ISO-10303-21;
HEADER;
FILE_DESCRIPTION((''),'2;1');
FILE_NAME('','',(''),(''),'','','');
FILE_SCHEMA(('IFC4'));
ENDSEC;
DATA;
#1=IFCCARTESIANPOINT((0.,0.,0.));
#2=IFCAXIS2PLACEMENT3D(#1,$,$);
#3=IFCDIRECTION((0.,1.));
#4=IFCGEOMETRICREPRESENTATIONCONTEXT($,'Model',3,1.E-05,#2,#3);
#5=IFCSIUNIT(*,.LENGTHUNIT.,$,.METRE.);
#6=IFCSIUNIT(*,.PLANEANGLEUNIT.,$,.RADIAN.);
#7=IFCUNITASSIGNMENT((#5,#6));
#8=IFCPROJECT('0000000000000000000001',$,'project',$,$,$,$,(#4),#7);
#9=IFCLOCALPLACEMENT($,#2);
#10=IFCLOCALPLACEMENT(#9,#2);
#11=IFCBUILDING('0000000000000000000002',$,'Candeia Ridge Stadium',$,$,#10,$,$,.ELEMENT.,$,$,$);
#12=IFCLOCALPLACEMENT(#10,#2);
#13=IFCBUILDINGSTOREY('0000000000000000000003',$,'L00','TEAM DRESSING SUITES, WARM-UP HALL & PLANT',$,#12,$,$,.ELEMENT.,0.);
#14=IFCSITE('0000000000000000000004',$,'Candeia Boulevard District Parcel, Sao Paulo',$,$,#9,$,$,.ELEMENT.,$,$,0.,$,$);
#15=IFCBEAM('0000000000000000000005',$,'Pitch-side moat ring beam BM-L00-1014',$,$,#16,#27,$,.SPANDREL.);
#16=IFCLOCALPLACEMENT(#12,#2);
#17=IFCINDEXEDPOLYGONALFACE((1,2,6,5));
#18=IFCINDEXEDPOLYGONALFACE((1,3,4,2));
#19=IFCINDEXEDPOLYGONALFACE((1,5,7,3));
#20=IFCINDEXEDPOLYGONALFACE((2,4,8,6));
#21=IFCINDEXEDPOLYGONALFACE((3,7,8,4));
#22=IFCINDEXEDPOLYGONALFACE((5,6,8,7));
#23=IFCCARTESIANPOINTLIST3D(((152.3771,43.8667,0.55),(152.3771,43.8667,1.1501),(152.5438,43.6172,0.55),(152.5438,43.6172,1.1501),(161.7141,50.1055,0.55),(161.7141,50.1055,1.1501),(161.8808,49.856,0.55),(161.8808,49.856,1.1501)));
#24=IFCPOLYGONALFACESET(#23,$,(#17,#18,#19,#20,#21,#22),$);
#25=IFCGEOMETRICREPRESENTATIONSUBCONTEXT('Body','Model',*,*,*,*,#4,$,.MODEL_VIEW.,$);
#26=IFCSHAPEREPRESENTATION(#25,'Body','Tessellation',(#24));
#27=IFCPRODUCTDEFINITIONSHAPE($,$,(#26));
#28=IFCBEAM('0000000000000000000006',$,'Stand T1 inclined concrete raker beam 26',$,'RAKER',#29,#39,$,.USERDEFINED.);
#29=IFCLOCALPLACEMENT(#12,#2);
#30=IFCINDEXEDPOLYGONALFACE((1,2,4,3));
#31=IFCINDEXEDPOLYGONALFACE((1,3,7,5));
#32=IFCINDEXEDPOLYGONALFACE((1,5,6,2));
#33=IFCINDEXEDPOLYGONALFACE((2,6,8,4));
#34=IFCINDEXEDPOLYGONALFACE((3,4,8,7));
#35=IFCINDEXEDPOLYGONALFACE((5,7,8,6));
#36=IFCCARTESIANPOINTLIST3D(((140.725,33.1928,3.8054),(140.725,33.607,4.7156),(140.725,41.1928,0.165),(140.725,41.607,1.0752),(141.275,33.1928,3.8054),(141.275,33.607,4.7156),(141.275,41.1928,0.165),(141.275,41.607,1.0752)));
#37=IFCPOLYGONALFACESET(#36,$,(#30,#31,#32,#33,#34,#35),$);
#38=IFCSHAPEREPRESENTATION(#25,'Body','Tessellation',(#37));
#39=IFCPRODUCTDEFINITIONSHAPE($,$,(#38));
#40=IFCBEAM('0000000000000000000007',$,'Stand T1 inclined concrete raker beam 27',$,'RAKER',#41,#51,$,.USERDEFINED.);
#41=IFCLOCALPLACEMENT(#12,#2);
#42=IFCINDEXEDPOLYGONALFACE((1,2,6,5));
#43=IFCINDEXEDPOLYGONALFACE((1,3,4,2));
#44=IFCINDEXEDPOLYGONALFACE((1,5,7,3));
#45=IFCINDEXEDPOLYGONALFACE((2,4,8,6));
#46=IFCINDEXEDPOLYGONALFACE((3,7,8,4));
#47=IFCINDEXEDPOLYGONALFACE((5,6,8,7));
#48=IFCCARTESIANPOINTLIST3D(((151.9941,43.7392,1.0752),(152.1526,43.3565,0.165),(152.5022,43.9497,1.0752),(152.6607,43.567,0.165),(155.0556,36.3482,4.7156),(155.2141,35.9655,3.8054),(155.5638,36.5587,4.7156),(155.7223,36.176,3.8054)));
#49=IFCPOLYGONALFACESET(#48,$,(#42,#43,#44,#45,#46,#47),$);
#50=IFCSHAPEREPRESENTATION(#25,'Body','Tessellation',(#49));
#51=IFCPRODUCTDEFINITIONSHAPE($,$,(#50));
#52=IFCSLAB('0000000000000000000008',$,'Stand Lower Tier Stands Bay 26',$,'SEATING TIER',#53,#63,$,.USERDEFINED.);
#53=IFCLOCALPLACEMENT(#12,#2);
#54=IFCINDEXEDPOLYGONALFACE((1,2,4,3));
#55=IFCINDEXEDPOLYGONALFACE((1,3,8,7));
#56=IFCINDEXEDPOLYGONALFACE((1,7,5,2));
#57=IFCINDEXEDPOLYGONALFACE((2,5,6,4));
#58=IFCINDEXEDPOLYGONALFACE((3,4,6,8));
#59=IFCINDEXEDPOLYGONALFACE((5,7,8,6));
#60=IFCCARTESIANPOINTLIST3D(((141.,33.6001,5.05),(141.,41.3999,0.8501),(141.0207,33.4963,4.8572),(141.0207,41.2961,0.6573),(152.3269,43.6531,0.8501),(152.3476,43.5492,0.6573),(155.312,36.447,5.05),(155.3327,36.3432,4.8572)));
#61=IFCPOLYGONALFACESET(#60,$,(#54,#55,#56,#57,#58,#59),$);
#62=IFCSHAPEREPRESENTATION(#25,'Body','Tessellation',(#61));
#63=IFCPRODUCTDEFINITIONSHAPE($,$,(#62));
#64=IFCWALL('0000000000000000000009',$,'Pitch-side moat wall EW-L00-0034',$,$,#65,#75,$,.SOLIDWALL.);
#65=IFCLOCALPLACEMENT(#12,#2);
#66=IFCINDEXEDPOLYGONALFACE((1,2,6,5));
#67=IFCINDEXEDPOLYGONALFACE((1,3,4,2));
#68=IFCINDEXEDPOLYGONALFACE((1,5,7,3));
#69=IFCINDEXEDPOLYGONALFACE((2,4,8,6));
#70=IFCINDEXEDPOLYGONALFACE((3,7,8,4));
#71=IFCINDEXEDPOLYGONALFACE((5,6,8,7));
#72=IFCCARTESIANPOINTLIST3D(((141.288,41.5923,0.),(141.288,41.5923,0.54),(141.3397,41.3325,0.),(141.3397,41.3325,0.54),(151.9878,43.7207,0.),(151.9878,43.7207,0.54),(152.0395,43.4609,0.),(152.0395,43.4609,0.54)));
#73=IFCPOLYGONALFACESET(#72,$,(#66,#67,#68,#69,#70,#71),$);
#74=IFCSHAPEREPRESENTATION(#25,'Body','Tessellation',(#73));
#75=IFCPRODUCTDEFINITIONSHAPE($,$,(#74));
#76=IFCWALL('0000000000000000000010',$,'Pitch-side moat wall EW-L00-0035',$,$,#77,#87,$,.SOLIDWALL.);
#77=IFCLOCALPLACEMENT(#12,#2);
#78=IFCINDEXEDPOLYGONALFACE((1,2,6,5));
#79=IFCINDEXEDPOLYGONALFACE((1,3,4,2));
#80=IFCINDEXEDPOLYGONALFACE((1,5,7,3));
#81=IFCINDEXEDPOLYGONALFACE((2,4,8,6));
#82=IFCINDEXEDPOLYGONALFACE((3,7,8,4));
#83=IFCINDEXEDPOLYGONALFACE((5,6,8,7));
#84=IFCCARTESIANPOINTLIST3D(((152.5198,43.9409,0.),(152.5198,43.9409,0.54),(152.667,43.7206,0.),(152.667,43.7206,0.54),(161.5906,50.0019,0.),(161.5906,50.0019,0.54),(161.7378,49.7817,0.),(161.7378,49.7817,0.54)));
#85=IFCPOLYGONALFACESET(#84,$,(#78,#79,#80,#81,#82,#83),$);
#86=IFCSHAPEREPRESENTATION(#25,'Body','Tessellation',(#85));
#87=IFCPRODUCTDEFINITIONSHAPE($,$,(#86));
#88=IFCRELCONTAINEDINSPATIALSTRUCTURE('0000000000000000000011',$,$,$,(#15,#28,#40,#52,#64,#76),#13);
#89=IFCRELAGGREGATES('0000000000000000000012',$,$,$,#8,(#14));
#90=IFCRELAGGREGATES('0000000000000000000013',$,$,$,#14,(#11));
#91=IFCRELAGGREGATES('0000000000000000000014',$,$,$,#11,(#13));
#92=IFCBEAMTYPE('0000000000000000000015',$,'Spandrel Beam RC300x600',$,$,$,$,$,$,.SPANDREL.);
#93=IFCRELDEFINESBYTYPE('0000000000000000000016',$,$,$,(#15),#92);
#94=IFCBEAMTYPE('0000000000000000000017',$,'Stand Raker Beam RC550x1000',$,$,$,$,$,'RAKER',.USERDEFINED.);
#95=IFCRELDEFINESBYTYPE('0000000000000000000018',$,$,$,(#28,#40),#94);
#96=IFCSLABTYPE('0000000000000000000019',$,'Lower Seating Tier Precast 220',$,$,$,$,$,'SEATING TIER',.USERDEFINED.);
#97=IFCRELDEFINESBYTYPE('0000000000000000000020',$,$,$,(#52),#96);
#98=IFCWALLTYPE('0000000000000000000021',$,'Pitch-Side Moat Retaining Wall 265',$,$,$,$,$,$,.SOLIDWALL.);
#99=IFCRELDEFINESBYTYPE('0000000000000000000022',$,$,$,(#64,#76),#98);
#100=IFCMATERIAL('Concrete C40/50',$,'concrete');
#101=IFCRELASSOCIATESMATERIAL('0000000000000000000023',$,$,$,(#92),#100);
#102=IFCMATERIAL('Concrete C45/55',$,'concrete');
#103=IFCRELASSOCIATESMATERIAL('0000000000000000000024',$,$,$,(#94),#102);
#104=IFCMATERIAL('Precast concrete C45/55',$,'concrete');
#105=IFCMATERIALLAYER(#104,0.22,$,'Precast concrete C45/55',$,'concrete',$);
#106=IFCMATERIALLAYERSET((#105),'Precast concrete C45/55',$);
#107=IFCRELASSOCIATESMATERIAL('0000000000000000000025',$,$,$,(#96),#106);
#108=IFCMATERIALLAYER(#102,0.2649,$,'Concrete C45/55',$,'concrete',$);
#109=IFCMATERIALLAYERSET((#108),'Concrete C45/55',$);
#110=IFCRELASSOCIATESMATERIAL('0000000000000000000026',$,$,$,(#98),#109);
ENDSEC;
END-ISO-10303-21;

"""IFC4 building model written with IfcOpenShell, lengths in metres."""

from ifc_helpers import new_model, si_unit, direction, frame, frame_2d, origin, origin_2d, place, context, subcontext, project, spatial, polyline, rectangle, outline, extrude, material, layer, layer_set, material_profile, profile_set, type_object, element, save


model = new_model("IFC4")

# Units and contexts
model_context = context("Model", 3, precision=1e-05, world=origin(), true_north=direction((0.0, 1.0)))
body_context = subcontext(model_context, "Body", "Model", "MODEL_VIEW")
ifc_project = project(units=[si_unit("LENGTHUNIT", "METRE"), si_unit("PLANEANGLEUNIT", "RADIAN")], contexts=[model_context])

# Site, building, storey
site_placement = place(None, origin())
site = spatial("IfcSite", under=ifc_project, at=site_placement, Name="Candeia Boulevard District Parcel, Sao Paulo", CompositionType="ELEMENT", RefElevation=0.0)
building_placement = place(site_placement, origin())
building = spatial("IfcBuilding", under=site, at=building_placement, Name="Candeia Ridge Stadium", CompositionType="ELEMENT")
storey_placement = place(building_placement, origin())
storey = spatial("IfcBuildingStorey", under=building, at=storey_placement, Name="L00", Description="TEAM DRESSING SUITES, WARM-UP HALL & PLANT", CompositionType="ELEMENT", Elevation=0.0)

# Shared definitions
ifc_material_1 = material(Name="Concrete C40/50", Category="concrete")

# Shared definitions
ifc_material_2 = material(Name="Concrete C45/55", Category="concrete")

# Beams
ifc_material_profile_1 = material_profile(ifc_material_1, rectangle(XDim=0.3, YDim=0.6001, at=origin_2d()), Name="RC300x600", Category="concrete")
ifc_profile_set_1 = profile_set([ifc_material_profile_1], Name="Concrete C40/50")
beam_type_1 = type_object("IfcBeamType", Name="Spandrel Beam RC300x600", PredefinedType="SPANDREL", material=ifc_profile_set_1)
beam_1_placement = place(storey_placement, frame((152.4604, 43.7419, 0.8501), z_axis=(0.831468, 0.555573, 0.0), x_axis=(-0.555573, 0.831468, 0.0)))
element("IfcBeam", 1, at=beam_1_placement, inside=storey, type_object=beam_type_1, Name="Pitch-side moat ring beam BM-L00-1014", PredefinedType="SPANDREL", context=body_context, shape_type="SweptSolid", body=[
    extrude(rectangle(XDim=0.3, YDim=0.6001, at=origin_2d()), origin(), (0.0, 0.0, 1.0), 11.2295),
])
ifc_material_profile_2 = material_profile(ifc_material_2, rectangle(XDim=0.55, YDim=1.0, at=origin_2d()), Name="RC550x1000", Category="concrete")
ifc_profile_set_2 = profile_set([ifc_material_profile_2], Name="Concrete C45/55")
beam_type_2 = type_object("IfcBeamType", Name="Stand Raker Beam RC550x1000", ElementType="RAKER", PredefinedType="USERDEFINED", material=ifc_profile_set_2)
for number, where, z_axis, x_axis, name in (
    (2, (141.0, 41.3999, 0.6201), (0.0, -0.910194, 0.414182), (1.0, 0.0, 0.0), "Stand T1 inclined concrete raker beam 26"),
    (3, (152.3274, 43.6531, 0.6201), (0.348327, -0.840902, 0.414187), (0.923874, 0.382697, 0.0), "Stand T1 inclined concrete raker beam 27"),
):
    element("IfcBeam", number, at=place(storey_placement, frame(where, z_axis=z_axis, x_axis=x_axis)), inside=storey, type_object=beam_type_2, Name=name, ObjectType="RAKER", PredefinedType="USERDEFINED", context=body_context, shape_type="SweptSolid", body=[
        extrude(rectangle(XDim=0.55, YDim=1.0, at=origin_2d()), origin(), (0.0, 0.0, 1.0), 8.7893),
    ])

# Slab
ifc_material_3 = material(Name="Precast concrete C45/55", Category="concrete")
ifc_layer_1 = layer(ifc_material_3, 0.22, Name="Precast concrete C45/55", Category="concrete")
ifc_layer_set_1 = layer_set([ifc_layer_1], Name="Precast concrete C45/55")
slab_type = type_object("IfcSlabType", Name="Lower Seating Tier Precast 220", ElementType="SEATING TIER", PredefinedType="USERDEFINED", material=ifc_layer_set_1)
slab_1_placement = place(storey_placement, frame((141.0, 41.3999, 0.8501), z_axis=(-0.093892, 0.472009, 0.876579), x_axis=(0.980784, 0.195099, -0.000001)))
element("IfcSlab", 4, at=slab_1_placement, inside=storey, type_object=slab_type, Name="Stand Lower Tier Stands Bay 26", ObjectType="SEATING TIER", PredefinedType="USERDEFINED", context=body_context, shape_type="SweptSolid", body=[
    extrude(outline(polyline([(0.0, 0.0), (11.5488, 0.0), (13.0707, -8.7271), (-1.5217, -8.727), (0.0, 0.0)])), origin(), (0.0, 0.0, -1.0), 0.22),
])

# Walls
ifc_layer_2 = layer(ifc_material_2, 0.2649, Name="Concrete C45/55", Category="concrete")
ifc_layer_set_2 = layer_set([ifc_layer_2], Name="Concrete C45/55")
wall_type = type_object("IfcWallType", Name="Pitch-Side Moat Retaining Wall 265", PredefinedType="SOLIDWALL", material=ifc_layer_set_2)
for number, where, z_axis, x_axis, name in (
    (5, (141.314, 41.4624, 0.0), (0.0, 0.0, 1.0), (0.980783, 0.1951, 0.0), "Pitch-side moat wall EW-L00-0034"),
    (6, (152.5935, 43.8308, 0.0), (0.0, 0.0, 1.0), (0.831465, 0.555578, 0.0), "Pitch-side moat wall EW-L00-0035"),
):
    element("IfcWall", number, at=place(storey_placement, frame(where, z_axis=z_axis, x_axis=x_axis)), inside=storey, type_object=wall_type, Name=name, PredefinedType="SOLIDWALL", context=body_context, shape_type="SweptSolid", body=[
        extrude(rectangle(XDim=10.9094, YDim=0.2649, at=frame_2d((5.4546, 0.0))), origin(), (0.0, 0.0, 1.0), 0.54),
    ])

save(model, "model.ifc")
